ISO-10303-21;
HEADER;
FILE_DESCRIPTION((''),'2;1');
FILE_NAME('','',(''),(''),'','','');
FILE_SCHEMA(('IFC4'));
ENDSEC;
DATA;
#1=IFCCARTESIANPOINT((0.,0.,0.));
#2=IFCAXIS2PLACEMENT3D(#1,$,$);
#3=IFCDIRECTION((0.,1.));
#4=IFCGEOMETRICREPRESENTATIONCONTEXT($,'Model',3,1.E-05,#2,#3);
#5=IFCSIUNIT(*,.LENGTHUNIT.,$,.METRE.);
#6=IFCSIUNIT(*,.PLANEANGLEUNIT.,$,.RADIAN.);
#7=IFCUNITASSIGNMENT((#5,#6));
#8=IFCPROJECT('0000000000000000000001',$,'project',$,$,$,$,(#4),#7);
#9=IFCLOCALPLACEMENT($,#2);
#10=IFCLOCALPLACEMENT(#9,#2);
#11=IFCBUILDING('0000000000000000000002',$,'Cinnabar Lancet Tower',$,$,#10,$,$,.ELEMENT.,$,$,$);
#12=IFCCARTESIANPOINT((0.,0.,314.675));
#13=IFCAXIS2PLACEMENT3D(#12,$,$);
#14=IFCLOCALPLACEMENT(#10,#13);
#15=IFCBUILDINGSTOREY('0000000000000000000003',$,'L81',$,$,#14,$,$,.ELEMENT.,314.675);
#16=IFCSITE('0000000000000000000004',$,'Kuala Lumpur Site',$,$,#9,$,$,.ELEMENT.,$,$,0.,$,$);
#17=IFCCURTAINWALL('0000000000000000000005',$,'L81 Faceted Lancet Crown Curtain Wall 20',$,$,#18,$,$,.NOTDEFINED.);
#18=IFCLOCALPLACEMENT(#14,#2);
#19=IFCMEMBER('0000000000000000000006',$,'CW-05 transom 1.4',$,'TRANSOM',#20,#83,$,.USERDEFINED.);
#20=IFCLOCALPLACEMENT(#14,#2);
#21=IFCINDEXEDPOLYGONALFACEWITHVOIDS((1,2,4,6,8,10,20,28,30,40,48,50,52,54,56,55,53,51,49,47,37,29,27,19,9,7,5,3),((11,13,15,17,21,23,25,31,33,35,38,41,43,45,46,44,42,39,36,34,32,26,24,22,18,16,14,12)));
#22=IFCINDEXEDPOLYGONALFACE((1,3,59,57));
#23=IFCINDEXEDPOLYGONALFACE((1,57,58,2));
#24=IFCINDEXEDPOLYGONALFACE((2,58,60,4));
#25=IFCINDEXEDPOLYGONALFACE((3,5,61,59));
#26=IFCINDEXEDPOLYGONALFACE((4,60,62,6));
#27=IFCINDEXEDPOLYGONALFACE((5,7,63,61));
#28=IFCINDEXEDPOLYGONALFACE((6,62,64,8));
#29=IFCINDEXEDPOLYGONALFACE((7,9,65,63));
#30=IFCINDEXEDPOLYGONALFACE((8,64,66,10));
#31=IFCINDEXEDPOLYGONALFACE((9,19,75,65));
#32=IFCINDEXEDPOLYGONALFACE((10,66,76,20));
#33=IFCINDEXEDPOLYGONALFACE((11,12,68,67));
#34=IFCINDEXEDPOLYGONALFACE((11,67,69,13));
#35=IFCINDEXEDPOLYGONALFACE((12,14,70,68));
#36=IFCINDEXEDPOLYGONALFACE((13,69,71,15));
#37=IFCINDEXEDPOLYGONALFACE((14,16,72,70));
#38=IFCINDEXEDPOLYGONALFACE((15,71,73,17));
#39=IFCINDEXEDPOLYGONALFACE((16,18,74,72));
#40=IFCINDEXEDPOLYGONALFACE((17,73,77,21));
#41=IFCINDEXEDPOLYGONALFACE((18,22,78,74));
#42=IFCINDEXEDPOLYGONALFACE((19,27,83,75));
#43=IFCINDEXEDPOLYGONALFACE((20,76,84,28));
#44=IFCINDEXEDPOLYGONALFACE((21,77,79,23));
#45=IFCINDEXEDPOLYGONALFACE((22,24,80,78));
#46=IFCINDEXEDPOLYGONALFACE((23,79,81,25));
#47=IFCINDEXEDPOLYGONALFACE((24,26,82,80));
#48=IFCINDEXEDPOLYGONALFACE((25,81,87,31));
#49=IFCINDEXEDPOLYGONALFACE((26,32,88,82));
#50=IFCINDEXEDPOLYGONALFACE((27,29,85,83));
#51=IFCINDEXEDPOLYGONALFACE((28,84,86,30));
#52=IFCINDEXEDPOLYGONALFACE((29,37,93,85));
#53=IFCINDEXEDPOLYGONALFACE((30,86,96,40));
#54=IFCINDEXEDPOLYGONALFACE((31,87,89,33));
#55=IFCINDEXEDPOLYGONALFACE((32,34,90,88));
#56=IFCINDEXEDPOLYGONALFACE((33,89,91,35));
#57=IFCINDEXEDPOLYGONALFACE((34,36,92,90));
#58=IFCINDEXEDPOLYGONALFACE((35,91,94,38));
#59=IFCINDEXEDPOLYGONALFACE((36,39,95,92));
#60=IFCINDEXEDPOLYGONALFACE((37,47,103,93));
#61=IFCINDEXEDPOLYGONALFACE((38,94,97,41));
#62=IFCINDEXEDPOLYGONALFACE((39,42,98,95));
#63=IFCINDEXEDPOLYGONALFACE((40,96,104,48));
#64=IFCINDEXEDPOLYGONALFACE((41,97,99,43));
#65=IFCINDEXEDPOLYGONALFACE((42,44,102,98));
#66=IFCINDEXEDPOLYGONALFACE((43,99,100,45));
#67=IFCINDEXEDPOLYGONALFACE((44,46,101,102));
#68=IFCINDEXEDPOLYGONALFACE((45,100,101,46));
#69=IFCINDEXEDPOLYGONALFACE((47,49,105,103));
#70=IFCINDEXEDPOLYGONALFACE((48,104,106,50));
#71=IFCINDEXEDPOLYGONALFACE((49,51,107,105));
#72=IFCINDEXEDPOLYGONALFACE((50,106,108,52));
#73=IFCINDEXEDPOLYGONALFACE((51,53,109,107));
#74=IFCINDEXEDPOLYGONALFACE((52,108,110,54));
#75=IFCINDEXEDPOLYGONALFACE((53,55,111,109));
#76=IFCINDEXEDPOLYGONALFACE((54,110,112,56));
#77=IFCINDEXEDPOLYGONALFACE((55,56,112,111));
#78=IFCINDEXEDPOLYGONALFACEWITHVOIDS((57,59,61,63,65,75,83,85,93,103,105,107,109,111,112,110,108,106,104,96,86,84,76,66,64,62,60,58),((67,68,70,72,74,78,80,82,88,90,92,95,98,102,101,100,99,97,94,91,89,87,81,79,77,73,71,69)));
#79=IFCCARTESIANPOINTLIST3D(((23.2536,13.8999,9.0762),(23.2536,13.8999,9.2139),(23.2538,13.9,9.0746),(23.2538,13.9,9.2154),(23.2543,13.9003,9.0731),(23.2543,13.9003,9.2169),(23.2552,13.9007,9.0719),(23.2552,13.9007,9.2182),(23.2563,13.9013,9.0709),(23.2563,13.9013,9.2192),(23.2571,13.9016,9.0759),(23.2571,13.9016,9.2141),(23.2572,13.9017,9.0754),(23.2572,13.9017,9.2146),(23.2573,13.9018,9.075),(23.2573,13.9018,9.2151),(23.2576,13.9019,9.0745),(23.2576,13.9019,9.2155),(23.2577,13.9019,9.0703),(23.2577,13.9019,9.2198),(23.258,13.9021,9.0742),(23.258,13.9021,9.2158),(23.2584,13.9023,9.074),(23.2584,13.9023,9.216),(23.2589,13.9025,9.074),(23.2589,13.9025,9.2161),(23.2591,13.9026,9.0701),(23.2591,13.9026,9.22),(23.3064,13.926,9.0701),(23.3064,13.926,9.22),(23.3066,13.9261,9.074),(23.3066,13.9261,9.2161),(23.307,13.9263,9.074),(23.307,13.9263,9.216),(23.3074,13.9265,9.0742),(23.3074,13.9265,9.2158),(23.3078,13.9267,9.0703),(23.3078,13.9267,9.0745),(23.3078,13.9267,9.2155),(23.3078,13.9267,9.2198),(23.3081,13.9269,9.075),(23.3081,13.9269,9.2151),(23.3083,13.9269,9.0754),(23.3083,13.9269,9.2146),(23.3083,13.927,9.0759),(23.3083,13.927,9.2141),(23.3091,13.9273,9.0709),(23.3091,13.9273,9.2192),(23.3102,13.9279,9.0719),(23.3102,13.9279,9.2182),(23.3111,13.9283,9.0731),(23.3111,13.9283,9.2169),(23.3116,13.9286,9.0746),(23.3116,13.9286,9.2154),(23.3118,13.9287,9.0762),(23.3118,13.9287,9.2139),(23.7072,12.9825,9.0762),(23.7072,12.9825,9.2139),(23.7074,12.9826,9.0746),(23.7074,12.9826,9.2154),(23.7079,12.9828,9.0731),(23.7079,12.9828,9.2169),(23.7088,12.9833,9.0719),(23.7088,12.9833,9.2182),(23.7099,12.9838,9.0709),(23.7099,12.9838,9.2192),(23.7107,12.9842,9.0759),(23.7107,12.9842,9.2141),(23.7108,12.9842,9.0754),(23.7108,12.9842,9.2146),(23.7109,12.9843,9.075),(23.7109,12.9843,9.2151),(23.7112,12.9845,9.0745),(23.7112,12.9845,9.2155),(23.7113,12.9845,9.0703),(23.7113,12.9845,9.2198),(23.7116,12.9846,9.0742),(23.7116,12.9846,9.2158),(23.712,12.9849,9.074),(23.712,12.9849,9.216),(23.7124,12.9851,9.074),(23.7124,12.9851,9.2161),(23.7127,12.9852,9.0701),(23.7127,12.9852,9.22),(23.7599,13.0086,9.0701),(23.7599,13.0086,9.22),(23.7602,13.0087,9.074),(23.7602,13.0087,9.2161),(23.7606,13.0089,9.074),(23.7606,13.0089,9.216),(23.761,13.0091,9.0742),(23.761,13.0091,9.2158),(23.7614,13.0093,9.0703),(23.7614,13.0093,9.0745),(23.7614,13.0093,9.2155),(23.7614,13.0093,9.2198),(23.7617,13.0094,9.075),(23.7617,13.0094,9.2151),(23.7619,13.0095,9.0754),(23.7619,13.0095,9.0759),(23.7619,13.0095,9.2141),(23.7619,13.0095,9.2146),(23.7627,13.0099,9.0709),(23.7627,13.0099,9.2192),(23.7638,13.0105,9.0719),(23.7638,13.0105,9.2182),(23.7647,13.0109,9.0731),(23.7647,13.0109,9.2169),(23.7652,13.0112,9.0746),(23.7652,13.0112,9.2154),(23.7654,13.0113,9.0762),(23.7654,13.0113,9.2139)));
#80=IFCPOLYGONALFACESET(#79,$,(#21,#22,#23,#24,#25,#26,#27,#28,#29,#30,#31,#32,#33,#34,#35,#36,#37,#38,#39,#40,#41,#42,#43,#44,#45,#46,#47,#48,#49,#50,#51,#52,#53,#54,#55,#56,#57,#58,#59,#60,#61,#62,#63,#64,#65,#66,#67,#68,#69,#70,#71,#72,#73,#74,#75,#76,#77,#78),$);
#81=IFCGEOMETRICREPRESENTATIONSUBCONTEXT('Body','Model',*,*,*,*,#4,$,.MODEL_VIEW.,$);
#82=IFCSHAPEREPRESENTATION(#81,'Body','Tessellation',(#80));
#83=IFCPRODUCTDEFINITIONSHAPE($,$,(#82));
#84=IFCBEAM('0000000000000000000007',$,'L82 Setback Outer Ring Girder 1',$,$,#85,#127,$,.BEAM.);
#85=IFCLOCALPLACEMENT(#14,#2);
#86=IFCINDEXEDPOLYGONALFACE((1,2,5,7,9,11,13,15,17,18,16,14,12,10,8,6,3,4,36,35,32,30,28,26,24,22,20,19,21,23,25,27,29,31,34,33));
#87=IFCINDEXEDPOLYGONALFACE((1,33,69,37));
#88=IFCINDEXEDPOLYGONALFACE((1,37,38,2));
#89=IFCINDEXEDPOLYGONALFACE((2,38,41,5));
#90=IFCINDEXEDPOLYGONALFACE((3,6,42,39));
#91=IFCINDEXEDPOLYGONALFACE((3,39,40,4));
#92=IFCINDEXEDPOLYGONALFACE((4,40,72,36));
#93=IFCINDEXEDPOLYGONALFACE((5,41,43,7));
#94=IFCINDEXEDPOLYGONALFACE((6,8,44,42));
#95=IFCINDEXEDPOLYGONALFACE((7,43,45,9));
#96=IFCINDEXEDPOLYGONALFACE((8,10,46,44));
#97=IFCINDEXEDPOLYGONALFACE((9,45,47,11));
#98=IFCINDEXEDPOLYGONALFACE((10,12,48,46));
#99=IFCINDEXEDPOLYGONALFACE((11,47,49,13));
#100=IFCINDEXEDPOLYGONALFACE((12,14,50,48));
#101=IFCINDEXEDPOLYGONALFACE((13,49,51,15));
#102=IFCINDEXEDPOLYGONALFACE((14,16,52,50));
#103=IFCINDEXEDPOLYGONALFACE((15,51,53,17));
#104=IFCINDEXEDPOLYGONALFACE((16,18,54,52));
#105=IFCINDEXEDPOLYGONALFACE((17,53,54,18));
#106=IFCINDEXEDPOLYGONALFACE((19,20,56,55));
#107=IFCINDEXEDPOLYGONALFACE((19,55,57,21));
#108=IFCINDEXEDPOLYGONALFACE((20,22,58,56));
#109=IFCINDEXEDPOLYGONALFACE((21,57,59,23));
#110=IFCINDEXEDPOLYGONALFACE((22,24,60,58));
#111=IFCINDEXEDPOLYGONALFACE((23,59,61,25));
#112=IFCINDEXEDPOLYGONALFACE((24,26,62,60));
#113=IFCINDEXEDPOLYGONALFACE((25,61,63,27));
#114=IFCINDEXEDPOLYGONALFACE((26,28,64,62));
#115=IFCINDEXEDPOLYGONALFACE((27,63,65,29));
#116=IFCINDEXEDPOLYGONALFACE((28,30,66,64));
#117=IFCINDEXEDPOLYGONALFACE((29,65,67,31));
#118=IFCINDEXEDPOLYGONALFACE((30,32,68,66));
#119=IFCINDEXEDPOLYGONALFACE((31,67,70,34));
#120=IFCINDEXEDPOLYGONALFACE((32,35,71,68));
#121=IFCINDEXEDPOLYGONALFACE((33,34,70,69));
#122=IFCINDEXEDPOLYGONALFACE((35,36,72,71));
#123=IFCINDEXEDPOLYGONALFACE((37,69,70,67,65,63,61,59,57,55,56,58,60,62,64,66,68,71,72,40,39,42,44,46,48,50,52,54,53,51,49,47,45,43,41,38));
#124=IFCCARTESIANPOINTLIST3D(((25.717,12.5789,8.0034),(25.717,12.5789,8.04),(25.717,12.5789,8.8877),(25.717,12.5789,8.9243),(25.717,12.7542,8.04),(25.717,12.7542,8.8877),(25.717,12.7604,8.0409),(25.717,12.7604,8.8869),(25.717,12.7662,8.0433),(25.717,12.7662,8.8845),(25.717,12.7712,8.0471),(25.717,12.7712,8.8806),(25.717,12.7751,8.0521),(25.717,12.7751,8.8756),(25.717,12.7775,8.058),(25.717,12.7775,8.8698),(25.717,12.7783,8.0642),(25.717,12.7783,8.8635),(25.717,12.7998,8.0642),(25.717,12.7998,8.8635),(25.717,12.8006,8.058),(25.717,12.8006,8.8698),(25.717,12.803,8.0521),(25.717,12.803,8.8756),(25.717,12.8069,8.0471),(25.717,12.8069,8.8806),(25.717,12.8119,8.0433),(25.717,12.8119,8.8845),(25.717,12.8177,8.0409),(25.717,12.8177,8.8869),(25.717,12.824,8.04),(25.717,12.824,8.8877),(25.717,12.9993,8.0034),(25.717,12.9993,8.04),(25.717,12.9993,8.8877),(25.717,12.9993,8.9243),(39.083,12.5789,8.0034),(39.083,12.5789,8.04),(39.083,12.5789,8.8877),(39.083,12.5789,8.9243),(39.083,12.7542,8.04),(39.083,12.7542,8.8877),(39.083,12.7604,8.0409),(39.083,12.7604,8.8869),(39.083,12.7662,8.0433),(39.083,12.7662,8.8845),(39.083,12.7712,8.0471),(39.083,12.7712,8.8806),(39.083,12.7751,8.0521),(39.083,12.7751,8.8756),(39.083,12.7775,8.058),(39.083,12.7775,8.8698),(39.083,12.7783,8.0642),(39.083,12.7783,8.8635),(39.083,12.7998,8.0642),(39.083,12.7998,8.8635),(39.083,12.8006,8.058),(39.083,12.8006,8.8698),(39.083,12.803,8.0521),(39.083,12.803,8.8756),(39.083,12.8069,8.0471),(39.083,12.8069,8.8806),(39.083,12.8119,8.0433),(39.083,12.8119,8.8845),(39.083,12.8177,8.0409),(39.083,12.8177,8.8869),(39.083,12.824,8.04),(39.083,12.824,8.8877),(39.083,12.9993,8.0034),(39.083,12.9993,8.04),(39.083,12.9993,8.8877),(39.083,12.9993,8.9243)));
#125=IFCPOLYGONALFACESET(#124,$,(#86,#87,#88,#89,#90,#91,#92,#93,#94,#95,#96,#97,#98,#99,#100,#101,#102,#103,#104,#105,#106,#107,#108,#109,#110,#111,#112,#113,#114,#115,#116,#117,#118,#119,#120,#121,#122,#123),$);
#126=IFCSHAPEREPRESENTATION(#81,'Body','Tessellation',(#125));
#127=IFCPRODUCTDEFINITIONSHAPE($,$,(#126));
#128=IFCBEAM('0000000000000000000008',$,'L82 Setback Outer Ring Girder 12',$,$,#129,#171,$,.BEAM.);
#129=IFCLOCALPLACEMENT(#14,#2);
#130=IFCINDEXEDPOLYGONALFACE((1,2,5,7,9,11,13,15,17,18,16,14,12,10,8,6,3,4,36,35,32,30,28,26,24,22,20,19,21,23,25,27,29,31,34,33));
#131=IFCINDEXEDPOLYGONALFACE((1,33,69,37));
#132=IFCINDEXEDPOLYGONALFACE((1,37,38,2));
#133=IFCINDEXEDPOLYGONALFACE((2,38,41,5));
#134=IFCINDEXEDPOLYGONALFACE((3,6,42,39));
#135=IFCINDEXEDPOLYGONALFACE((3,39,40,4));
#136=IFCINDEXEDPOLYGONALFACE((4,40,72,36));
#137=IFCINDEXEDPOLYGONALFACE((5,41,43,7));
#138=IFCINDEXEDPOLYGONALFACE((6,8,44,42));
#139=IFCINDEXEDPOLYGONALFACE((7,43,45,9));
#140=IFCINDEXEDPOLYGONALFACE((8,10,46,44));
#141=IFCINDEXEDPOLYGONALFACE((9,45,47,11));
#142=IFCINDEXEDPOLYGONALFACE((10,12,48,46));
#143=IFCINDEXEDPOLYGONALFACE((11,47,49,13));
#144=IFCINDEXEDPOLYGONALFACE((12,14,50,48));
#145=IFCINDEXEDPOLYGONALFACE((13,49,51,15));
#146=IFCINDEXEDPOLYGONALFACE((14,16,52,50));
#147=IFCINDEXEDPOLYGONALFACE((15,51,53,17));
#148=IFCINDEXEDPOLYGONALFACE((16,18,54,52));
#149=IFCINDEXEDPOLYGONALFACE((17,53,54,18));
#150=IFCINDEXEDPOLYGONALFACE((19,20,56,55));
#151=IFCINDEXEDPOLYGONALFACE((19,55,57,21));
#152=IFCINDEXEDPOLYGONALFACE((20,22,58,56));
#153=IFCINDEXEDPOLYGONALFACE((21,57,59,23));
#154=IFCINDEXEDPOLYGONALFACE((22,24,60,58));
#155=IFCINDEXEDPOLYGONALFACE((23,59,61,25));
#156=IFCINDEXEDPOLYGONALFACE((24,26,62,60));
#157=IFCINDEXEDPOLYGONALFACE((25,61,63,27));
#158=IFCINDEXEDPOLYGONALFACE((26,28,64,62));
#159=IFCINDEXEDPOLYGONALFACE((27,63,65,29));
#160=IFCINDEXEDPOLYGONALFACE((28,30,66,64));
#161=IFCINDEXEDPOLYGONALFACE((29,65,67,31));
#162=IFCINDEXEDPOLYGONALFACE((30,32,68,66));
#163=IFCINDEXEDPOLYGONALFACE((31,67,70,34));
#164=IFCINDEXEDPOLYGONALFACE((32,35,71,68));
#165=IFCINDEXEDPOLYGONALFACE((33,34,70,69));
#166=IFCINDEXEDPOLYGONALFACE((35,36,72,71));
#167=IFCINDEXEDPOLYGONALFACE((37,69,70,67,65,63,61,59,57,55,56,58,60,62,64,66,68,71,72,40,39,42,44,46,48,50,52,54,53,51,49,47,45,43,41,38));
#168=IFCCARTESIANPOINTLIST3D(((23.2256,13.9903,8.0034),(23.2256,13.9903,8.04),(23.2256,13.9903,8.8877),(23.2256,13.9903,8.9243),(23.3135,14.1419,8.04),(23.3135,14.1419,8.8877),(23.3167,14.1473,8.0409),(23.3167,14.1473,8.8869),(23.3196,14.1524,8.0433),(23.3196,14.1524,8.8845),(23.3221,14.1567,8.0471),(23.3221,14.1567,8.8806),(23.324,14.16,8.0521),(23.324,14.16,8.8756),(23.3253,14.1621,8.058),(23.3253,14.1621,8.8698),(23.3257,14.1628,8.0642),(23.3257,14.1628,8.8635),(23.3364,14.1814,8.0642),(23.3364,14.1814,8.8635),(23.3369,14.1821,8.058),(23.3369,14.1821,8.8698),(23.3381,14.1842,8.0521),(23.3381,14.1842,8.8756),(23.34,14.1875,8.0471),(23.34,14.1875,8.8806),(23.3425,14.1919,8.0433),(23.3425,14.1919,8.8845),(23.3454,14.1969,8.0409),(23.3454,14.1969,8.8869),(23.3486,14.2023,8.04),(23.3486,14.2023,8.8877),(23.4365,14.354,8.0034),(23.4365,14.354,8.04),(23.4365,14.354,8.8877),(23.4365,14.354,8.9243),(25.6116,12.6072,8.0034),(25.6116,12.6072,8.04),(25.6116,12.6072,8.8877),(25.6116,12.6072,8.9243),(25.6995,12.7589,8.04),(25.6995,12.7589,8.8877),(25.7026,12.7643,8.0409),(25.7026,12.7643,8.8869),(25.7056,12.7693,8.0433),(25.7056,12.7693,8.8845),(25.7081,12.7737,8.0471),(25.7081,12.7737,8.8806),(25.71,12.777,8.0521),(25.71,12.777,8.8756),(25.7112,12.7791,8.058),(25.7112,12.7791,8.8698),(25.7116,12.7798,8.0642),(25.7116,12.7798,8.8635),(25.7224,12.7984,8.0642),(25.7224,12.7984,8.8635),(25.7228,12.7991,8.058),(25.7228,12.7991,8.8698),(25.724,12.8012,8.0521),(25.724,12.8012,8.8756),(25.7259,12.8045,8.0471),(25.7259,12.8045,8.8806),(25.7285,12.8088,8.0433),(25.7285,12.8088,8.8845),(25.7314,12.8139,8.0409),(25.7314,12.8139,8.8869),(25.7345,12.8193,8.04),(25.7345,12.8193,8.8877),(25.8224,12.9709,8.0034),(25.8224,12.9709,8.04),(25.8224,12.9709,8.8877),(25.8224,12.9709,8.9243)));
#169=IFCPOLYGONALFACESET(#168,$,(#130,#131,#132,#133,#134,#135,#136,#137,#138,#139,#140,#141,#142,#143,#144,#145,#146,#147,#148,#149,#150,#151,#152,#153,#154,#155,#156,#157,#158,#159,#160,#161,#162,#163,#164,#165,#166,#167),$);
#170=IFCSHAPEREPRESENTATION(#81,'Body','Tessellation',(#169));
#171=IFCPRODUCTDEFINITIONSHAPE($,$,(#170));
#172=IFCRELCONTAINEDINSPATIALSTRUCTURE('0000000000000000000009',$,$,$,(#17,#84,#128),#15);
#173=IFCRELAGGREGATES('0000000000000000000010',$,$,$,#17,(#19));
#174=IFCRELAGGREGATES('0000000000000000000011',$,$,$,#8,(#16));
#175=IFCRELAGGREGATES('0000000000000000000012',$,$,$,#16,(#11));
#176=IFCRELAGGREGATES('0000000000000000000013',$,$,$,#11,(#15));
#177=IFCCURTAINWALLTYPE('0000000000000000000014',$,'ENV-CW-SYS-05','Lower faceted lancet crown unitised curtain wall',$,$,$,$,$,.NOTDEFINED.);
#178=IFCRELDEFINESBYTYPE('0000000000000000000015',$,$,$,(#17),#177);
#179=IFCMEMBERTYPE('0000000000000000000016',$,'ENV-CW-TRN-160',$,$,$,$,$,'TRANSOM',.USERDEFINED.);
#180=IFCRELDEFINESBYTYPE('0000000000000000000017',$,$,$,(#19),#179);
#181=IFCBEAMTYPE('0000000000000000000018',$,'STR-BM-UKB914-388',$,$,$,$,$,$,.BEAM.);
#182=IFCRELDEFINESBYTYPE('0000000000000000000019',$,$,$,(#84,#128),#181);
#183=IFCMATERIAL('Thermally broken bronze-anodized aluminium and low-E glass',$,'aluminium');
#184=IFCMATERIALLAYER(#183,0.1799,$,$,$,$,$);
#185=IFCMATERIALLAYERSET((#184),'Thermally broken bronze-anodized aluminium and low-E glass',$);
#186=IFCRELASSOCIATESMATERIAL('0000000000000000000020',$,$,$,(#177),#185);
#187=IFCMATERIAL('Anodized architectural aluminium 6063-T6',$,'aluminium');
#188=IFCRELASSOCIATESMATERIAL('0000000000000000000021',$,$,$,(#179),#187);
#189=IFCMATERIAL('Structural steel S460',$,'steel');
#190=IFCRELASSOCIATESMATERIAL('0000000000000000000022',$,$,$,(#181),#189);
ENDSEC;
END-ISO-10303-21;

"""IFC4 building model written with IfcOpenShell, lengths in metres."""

from ifc_helpers import new_model, si_unit, direction, frame, origin, origin_2d, place, context, subcontext, project, spatial, hollow_rectangle, i_section, extrude, material, layer, layer_set, material_profile, profile_set, type_object, element, aggregate, save


model = new_model("IFC4")

# Units and contexts
model_context = context("Model", 3, precision=1e-05, world=origin(), true_north=direction((0.0, 1.0)))
body_context = subcontext(model_context, "Body", "Model", "MODEL_VIEW")
ifc_project = project(units=[si_unit("LENGTHUNIT", "METRE"), si_unit("PLANEANGLEUNIT", "RADIAN")], contexts=[model_context])

# Site, building, storey
site_placement = place(None, origin())
site = spatial("IfcSite", under=ifc_project, at=site_placement, Name="Kuala Lumpur Site", CompositionType="ELEMENT", RefElevation=0.0)
building_placement = place(site_placement, origin())
building = spatial("IfcBuilding", under=site, at=building_placement, Name="Cinnabar Lancet Tower", CompositionType="ELEMENT")
storey_placement = place(building_placement, frame((0.0, 0.0, 314.675)))
storey = spatial("IfcBuildingStorey", under=building, at=storey_placement, Name="L81", CompositionType="ELEMENT", Elevation=314.675)

# Curtain wall
ifc_material_1 = material(Name="Thermally broken bronze-anodized aluminium and low-E glass", Category="aluminium")
ifc_layer_1 = layer(ifc_material_1, 0.1799)
ifc_layer_set_1 = layer_set([ifc_layer_1], Name="Thermally broken bronze-anodized aluminium and low-E glass")
curtain_wall_type = type_object("IfcCurtainWallType", Name="ENV-CW-SYS-05", Description="Lower faceted lancet crown unitised curtain wall", PredefinedType="NOTDEFINED", material=ifc_layer_set_1)
curtain_wall_1_placement = place(storey_placement, origin())
curtain_wall_1 = element("IfcCurtainWall", 1, at=curtain_wall_1_placement, inside=storey, type_object=curtain_wall_type, Name="L81 Faceted Lancet Crown Curtain Wall 20", PredefinedType="NOTDEFINED")

# Member
ifc_material_2 = material(Name="Anodized architectural aluminium 6063-T6", Category="aluminium")
ifc_material_profile_1 = material_profile(ifc_material_2, hollow_rectangle(XDim=0.0649, YDim=0.1499, WallThickness=0.0039, InnerFilletRadius=0.002, OuterFilletRadius=0.0061, at=origin_2d()), Name="CW-TRN 150x65x4")
ifc_profile_set_1 = profile_set([ifc_material_profile_1], Name="Anodized architectural aluminium 6063-T6")
member_type_1 = type_object("IfcMemberType", Name="ENV-CW-TRN-160", ElementType="TRANSOM", PredefinedType="USERDEFINED", material=ifc_profile_set_1)
member_1_placement = place(storey_placement, frame((23.2827, 13.9143, 9.145), z_axis=(0.443202, -0.896422, 0.0), x_axis=(0.896422, 0.443202, 0.0)))
member_1 = element("IfcMember", 2, at=member_1_placement, type_object=member_type_1, Name="CW-05 transom 1.4", ObjectType="TRANSOM", PredefinedType="USERDEFINED", context=body_context, shape_type="SweptSolid", body=[
    extrude(hollow_rectangle(XDim=0.0649, YDim=0.1499, WallThickness=0.0039, InnerFilletRadius=0.002, OuterFilletRadius=0.0061, at=origin_2d()), origin(), (0.0, 0.0, 1.0), 1.0234),
])

# Beams
ifc_material_3 = material(Name="Structural steel S460", Category="steel")
ifc_material_profile_2 = material_profile(ifc_material_3, i_section(OverallWidth=0.4204, OverallDepth=0.9209, WebThickness=0.0215, FlangeThickness=0.0366, FilletRadius=0.0242, at=origin_2d()), Name="UKB 914x419x388")
ifc_profile_set_2 = profile_set([ifc_material_profile_2], Name="Structural steel S460")
beam_type = type_object("IfcBeamType", Name="STR-BM-UKB914-388", PredefinedType="BEAM", material=ifc_profile_set_2)
beam_1_placement = place(storey_placement, frame((25.717, 12.7891, 8.4639), z_axis=(1.0, 0.0, 0.0), x_axis=(0.0, 1.0, 0.0)))
element("IfcBeam", 3, at=beam_1_placement, inside=storey, type_object=beam_type, Name="L82 Setback Outer Ring Girder 1", PredefinedType="BEAM", context=body_context, shape_type="SweptSolid", body=[
    extrude(i_section(OverallWidth=0.4204, OverallDepth=0.9209, WebThickness=0.0215, FlangeThickness=0.0366, FilletRadius=0.0242, at=origin_2d()), origin(), (0.0, 0.0, 1.0), 13.366),
])
beam_2_placement = place(storey_placement, frame((23.3311, 14.1721, 8.4639), z_axis=(0.865159, -0.501497, 0.0), x_axis=(0.501497, 0.865159, 0.0)))
element("IfcBeam", 4, at=beam_2_placement, inside=storey, type_object=beam_type, Name="L82 Setback Outer Ring Girder 12", PredefinedType="BEAM", context=body_context, shape_type="SweptSolid", body=[
    extrude(i_section(OverallWidth=0.4204, OverallDepth=0.9209, WebThickness=0.0215, FlangeThickness=0.0366, FilletRadius=0.0242, at=origin_2d()), origin(), (0.0, 0.0, 1.0), 2.7578),
])

aggregate(curtain_wall_1, [member_1])

save(model, "model.ifc")
